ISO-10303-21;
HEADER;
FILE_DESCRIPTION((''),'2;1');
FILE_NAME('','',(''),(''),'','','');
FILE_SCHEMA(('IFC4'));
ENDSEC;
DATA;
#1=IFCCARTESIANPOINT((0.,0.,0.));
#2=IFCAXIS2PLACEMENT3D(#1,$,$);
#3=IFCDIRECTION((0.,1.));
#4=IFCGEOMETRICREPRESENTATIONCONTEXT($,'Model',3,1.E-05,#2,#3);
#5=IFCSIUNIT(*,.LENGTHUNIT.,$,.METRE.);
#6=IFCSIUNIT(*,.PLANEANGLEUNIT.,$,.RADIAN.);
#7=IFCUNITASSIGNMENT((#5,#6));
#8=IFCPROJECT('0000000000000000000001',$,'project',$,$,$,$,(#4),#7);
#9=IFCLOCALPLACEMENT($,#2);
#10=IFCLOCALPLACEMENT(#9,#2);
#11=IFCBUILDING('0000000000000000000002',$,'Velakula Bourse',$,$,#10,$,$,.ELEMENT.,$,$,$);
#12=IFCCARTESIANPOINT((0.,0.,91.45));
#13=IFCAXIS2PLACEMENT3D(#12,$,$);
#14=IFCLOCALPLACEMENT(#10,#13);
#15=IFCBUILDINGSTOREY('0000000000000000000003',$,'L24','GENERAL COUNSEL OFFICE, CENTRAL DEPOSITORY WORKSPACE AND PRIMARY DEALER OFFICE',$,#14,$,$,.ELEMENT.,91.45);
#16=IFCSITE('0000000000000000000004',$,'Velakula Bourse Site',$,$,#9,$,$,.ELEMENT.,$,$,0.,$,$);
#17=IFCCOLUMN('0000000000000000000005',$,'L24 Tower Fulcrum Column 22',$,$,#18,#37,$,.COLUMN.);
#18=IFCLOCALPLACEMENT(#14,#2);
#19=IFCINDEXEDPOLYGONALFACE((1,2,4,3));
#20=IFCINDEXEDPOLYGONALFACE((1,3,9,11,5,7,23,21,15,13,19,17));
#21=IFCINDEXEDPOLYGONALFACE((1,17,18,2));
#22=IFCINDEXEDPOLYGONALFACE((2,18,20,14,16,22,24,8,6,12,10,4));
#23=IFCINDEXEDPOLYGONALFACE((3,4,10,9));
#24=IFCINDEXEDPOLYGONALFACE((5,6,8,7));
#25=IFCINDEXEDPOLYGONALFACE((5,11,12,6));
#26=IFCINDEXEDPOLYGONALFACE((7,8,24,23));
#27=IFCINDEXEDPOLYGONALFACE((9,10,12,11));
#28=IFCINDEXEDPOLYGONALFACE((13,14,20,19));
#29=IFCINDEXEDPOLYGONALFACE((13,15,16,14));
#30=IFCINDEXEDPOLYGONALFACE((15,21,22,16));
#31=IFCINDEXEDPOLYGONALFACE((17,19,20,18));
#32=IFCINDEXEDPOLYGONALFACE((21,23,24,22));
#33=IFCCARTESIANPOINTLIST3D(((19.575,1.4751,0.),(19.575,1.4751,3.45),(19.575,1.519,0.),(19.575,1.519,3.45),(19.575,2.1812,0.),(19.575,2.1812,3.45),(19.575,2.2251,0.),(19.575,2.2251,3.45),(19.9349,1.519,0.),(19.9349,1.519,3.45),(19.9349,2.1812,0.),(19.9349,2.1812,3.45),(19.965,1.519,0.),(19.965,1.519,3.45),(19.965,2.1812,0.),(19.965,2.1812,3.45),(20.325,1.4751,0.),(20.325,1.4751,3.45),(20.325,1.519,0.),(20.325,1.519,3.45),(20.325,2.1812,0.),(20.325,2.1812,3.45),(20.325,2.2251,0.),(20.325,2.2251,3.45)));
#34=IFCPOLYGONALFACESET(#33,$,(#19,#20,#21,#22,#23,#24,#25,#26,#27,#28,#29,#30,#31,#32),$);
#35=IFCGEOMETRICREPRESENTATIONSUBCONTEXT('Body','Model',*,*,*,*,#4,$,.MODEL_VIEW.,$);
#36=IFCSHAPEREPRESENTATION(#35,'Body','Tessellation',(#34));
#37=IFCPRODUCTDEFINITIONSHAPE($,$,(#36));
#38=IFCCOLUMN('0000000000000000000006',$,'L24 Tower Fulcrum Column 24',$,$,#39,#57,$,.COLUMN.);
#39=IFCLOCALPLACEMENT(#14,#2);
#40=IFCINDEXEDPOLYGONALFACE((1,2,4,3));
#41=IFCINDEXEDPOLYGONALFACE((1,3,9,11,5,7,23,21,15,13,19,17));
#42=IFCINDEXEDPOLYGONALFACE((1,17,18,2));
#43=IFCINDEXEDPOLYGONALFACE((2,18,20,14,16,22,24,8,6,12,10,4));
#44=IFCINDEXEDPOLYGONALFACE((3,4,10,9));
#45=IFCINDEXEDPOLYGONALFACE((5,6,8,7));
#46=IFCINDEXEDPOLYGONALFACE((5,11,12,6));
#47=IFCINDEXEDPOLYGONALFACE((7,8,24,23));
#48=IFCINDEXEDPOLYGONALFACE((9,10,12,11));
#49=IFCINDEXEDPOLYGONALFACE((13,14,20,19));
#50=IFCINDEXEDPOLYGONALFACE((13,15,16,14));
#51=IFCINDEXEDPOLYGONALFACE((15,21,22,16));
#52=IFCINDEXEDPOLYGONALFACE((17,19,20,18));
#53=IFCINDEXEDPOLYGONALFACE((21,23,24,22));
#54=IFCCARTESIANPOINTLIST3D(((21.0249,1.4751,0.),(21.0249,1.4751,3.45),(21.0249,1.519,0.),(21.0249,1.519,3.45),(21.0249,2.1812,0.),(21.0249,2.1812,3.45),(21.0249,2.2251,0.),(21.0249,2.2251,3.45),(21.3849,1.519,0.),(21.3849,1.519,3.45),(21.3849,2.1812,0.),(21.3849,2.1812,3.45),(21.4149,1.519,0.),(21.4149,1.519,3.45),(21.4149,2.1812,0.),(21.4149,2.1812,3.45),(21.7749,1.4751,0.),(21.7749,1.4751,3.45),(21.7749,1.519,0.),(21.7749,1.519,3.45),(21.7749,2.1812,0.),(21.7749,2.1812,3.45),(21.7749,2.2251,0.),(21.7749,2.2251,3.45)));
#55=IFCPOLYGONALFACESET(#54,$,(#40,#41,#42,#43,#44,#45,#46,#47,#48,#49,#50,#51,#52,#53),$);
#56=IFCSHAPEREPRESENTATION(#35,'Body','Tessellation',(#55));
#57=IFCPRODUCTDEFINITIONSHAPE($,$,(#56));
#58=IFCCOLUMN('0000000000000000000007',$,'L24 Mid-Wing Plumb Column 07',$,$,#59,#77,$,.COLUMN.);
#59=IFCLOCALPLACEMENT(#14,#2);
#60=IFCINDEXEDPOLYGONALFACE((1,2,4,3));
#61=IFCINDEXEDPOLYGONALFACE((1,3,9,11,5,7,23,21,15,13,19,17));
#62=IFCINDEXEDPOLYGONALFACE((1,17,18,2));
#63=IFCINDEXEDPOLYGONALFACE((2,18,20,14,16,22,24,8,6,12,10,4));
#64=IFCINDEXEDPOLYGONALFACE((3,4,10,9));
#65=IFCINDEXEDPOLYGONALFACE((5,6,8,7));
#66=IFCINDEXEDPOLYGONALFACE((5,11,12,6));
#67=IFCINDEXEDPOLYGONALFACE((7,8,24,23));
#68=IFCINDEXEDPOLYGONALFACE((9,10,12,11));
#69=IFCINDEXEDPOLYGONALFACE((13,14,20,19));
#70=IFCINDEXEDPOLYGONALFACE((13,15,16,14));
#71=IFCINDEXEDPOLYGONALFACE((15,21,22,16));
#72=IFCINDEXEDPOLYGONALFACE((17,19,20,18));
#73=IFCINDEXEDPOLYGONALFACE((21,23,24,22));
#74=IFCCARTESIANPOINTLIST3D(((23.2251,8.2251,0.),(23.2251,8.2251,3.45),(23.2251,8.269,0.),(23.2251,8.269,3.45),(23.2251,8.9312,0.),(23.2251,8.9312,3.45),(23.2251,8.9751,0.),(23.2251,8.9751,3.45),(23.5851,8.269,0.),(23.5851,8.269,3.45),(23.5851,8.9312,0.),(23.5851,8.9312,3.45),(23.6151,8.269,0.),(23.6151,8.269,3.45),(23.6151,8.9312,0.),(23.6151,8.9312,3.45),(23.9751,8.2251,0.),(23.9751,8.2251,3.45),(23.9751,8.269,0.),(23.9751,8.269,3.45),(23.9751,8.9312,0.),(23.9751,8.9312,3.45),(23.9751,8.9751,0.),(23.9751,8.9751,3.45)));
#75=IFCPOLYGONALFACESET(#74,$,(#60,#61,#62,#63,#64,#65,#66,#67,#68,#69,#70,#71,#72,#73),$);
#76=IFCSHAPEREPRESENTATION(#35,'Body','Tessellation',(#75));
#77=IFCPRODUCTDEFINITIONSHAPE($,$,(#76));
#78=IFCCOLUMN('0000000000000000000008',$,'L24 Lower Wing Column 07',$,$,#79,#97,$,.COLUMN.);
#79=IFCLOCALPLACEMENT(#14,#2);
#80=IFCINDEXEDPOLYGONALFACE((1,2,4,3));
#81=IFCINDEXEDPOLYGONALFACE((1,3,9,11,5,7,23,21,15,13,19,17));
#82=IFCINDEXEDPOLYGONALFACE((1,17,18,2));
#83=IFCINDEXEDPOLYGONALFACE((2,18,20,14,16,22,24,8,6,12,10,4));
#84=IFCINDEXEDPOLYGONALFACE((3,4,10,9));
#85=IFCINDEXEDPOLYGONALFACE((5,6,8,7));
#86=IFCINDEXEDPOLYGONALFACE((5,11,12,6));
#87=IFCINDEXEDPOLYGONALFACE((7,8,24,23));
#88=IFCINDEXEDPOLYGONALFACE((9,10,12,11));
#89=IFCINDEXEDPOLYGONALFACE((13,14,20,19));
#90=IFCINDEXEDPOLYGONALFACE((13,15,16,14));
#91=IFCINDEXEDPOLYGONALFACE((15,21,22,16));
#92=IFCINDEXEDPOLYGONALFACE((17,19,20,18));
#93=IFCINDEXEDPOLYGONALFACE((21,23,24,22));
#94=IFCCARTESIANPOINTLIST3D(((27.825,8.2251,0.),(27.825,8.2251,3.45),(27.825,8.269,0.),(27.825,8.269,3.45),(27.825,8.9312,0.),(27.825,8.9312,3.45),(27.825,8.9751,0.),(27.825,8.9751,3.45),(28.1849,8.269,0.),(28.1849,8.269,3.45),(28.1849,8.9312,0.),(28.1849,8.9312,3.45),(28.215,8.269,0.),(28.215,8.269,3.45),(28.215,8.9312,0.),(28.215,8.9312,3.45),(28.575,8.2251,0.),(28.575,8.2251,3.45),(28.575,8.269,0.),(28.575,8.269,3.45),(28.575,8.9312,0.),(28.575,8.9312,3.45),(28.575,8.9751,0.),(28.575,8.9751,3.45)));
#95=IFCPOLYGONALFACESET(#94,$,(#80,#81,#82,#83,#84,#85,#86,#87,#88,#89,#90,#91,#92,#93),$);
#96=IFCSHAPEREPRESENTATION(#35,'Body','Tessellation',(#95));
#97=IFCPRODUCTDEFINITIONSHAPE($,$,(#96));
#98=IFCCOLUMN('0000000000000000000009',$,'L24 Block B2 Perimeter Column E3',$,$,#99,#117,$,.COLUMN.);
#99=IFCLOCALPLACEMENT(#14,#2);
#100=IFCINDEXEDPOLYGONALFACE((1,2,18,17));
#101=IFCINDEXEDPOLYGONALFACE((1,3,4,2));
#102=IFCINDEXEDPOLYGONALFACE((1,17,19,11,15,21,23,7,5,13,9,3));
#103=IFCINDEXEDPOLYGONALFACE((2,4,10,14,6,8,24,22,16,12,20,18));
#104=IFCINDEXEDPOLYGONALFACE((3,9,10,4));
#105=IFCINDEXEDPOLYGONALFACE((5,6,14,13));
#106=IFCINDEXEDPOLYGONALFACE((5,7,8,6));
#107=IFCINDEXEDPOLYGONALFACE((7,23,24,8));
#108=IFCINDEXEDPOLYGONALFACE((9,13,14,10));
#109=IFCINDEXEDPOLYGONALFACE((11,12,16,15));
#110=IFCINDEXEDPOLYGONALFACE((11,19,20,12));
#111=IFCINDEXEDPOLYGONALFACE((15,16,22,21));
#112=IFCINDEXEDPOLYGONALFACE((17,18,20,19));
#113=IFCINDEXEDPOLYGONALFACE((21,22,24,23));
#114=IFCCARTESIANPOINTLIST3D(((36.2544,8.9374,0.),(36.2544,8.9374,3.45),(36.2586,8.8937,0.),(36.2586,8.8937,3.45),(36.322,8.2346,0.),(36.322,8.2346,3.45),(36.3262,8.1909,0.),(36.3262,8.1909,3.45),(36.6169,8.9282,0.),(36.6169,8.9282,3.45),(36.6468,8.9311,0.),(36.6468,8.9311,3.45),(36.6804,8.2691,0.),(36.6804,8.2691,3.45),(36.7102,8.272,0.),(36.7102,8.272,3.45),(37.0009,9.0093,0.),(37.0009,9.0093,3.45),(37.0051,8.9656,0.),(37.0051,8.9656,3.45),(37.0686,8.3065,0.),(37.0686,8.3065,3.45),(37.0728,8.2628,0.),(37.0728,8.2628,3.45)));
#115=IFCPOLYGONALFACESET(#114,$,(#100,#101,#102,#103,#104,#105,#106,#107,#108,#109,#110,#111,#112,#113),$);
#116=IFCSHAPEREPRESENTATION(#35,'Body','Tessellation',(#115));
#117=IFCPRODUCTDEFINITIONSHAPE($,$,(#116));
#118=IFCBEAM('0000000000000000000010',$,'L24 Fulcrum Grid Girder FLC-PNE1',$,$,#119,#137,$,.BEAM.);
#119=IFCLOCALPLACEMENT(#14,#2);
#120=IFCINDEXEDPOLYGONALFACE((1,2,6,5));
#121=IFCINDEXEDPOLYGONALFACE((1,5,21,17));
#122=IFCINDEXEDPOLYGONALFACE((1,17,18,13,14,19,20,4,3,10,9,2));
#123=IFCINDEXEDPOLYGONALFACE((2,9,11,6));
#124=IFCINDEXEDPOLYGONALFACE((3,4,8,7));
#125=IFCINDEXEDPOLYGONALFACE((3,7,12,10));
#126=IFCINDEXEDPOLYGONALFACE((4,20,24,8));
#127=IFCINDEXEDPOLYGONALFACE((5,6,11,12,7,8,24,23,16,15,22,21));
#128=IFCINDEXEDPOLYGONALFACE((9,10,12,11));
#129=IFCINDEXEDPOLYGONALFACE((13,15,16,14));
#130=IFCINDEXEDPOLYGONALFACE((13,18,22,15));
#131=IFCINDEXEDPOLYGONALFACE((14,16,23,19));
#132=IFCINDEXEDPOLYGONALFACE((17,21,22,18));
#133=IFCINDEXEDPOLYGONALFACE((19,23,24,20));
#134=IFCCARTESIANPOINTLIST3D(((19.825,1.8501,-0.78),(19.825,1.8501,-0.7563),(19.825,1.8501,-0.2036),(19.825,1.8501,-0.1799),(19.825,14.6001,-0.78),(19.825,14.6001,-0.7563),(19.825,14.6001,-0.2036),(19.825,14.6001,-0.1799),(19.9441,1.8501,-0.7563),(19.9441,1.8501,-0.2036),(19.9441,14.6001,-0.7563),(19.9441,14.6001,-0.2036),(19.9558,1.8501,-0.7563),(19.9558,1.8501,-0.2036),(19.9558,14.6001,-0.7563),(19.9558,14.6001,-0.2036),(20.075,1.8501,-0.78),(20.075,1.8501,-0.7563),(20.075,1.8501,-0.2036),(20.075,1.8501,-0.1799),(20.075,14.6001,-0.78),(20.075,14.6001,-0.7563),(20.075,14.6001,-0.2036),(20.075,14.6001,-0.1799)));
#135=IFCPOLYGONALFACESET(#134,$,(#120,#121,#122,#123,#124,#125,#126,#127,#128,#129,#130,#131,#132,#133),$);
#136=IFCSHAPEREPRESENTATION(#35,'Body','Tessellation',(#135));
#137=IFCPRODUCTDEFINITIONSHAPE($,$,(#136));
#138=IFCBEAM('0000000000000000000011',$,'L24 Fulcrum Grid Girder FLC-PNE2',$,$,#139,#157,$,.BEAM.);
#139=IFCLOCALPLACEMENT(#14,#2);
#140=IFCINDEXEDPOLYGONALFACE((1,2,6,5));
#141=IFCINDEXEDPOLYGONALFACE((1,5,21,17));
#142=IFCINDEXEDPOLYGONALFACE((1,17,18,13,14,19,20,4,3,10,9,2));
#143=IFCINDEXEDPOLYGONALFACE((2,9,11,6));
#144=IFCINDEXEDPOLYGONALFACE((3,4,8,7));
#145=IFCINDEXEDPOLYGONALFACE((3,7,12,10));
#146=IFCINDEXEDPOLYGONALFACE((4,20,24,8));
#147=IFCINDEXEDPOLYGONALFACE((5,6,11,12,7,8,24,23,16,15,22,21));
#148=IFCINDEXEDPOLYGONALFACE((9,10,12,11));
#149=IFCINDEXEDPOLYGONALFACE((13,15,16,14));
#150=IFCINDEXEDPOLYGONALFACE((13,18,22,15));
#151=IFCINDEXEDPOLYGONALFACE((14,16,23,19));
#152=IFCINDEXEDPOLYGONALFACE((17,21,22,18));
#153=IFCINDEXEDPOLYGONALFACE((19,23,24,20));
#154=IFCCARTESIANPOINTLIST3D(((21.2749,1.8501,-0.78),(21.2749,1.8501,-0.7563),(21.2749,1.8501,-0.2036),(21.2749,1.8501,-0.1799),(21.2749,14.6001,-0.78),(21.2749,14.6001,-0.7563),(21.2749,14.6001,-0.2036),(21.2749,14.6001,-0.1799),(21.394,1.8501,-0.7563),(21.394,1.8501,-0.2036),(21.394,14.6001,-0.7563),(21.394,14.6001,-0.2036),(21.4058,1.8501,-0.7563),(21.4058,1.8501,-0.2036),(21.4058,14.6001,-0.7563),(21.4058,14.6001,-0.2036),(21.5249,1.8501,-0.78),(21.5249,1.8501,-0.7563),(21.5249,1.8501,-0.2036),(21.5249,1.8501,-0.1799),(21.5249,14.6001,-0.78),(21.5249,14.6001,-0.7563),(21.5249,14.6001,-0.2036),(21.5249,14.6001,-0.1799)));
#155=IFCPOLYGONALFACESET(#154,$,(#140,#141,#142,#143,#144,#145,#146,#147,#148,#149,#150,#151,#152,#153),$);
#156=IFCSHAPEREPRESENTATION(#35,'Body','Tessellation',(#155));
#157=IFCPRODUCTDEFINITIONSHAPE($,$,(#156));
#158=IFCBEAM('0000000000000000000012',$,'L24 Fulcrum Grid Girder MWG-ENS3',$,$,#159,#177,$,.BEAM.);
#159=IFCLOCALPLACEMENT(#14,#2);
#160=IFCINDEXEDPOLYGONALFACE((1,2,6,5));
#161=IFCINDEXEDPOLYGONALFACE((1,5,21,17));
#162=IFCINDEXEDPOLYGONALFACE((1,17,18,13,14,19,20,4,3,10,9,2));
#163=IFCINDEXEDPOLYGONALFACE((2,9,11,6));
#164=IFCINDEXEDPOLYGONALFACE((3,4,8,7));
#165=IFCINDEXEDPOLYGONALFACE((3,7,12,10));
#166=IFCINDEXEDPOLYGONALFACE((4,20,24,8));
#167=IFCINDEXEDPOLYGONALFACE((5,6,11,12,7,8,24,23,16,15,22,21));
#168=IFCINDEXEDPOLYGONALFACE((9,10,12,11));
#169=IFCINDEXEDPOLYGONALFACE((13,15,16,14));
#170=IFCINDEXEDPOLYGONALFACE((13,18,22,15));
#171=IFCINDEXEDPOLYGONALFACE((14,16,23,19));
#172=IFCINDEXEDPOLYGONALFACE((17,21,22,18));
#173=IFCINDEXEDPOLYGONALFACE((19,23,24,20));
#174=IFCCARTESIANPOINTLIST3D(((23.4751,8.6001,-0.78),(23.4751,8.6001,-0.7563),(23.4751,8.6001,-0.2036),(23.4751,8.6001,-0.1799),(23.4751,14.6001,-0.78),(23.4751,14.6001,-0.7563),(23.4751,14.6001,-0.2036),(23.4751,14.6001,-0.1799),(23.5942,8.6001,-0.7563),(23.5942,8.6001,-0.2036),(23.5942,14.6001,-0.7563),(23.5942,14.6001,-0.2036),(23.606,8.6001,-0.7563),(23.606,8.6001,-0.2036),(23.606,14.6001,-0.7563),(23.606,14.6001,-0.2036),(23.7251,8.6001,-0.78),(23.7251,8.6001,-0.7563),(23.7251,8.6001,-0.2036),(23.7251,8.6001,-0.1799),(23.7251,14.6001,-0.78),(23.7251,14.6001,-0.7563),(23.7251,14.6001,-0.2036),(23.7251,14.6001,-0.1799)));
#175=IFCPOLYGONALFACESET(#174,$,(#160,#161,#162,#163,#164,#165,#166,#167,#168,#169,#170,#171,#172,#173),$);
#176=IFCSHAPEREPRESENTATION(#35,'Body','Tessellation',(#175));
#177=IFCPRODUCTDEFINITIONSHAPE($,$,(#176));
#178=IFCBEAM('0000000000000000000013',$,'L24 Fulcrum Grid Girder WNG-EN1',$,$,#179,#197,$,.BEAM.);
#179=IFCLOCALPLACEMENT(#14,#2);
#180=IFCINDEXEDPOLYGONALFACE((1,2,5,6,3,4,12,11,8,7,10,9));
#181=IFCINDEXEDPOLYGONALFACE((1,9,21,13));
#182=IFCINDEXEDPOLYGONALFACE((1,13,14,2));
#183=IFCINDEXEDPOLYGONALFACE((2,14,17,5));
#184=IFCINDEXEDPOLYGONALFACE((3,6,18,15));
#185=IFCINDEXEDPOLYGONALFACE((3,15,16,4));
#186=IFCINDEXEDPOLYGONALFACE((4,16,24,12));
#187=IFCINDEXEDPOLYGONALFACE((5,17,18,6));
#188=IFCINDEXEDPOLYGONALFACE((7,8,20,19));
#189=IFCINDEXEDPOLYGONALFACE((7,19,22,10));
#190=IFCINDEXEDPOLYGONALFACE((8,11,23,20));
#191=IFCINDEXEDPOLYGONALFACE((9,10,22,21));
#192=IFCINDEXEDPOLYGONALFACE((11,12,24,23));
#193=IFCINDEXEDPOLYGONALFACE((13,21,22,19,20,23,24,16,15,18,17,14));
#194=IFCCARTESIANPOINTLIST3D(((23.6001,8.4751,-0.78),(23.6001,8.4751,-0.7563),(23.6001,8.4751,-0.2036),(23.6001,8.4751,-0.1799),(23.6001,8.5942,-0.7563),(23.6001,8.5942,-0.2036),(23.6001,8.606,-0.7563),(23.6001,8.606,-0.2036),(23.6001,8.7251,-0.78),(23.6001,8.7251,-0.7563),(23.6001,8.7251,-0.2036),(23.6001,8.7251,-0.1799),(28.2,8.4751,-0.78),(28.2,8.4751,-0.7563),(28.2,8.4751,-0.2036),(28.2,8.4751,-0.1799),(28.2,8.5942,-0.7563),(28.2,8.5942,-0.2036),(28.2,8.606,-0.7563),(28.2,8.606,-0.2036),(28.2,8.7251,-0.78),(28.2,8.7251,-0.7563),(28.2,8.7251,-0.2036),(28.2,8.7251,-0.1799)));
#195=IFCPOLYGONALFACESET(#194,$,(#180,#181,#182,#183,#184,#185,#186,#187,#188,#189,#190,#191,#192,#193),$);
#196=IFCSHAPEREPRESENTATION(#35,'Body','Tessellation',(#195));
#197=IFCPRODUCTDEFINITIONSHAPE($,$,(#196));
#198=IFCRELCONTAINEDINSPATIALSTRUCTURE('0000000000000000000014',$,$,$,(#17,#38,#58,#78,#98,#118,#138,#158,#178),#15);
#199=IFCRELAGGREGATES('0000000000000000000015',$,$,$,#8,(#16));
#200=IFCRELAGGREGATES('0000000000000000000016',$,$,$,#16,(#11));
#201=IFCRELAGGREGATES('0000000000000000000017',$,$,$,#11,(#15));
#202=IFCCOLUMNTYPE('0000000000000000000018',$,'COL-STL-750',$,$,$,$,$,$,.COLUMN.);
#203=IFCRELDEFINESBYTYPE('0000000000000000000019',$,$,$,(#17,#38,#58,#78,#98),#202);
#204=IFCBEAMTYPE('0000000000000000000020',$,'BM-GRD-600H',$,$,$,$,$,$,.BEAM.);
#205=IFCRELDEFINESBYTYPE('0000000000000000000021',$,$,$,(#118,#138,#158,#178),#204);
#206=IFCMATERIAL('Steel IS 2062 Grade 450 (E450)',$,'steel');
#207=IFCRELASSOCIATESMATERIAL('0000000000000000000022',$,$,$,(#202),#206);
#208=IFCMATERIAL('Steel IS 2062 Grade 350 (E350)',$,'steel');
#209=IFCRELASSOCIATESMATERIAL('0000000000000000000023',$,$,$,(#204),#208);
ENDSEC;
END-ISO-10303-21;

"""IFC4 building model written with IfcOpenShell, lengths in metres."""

from ifc_helpers import new_model, si_unit, direction, frame, origin, origin_2d, place, context, subcontext, project, spatial, i_section, extrude, material, material_profile, profile_set, type_object, element, save


model = new_model("IFC4")

# Units and contexts
model_context = context("Model", 3, precision=1e-05, world=origin(), true_north=direction((0.0, 1.0)))
body_context = subcontext(model_context, "Body", "Model", "MODEL_VIEW")
ifc_project = project(units=[si_unit("LENGTHUNIT", "METRE"), si_unit("PLANEANGLEUNIT", "RADIAN")], contexts=[model_context])

# Site, building, storey
site_placement = place(None, origin())
site = spatial("IfcSite", under=ifc_project, at=site_placement, Name="Velakula Bourse Site", CompositionType="ELEMENT", RefElevation=0.0)
building_placement = place(site_placement, origin())
building = spatial("IfcBuilding", under=site, at=building_placement, Name="Velakula Bourse", CompositionType="ELEMENT")
storey_placement = place(building_placement, frame((0.0, 0.0, 91.45)))
storey = spatial("IfcBuildingStorey", under=building, at=storey_placement, Name="L24", Description="GENERAL COUNSEL OFFICE, CENTRAL DEPOSITORY WORKSPACE AND PRIMARY DEALER OFFICE", CompositionType="ELEMENT", Elevation=91.45)

# Columns
ifc_material_1 = material(Name="Steel IS 2062 Grade 450 (E450)", Category="steel")
ifc_material_profile_1 = material_profile(ifc_material_1, i_section(OverallWidth=0.75, OverallDepth=0.75, WebThickness=0.03, FlangeThickness=0.0439, at=origin_2d()), Name="Steel IS 2062 Grade 450 (E450)")
ifc_profile_set_1 = profile_set([ifc_material_profile_1], Name="Steel IS 2062 Grade 450 (E450)")
column_type = type_object("IfcColumnType", Name="COL-STL-750", PredefinedType="COLUMN", material=ifc_profile_set_1)
for number, where, z_axis, x_axis, name in (
    (1, (19.95, 1.8501, 0.0), (0.0, 0.0, 1.0), (1.0, 0.0, 0.0), "L24 Tower Fulcrum Column 22"),
    (2, (21.3999, 1.8501, 0.0), (0.0, 0.0, 1.0), (1.0, 0.0, 0.0), "L24 Tower Fulcrum Column 24"),
    (3, (23.6001, 8.6001, 0.0), (0.0, 0.0, 1.0), (1.0, 0.0, 0.0), "L24 Mid-Wing Plumb Column 07"),
    (4, (28.2, 8.6001, 0.0), (0.0, 0.0, 1.0), (1.0, 0.0, 0.0), "L24 Lower Wing Column 07"),
    (5, (36.6636, 8.6001, 0.0), (0.0, 0.0, 1.0), (0.995396, 0.095846, 0.0), "L24 Block B2 Perimeter Column E3"),
):
    element("IfcColumn", number, at=place(storey_placement, frame(where, z_axis=z_axis, x_axis=x_axis)), inside=storey, type_object=column_type, Name=name, PredefinedType="COLUMN", context=body_context, shape_type="SweptSolid", body=[
        extrude(i_section(OverallWidth=0.75, OverallDepth=0.75, WebThickness=0.03, FlangeThickness=0.0439, at=origin_2d()), origin(), (0.0, 0.0, 1.0), 3.45),
    ])

# Beams
ifc_material_2 = material(Name="Steel IS 2062 Grade 350 (E350)", Category="steel")
ifc_material_profile_2 = material_profile(ifc_material_2, i_section(OverallWidth=0.25, OverallDepth=0.6001, WebThickness=0.0117, FlangeThickness=0.0237, at=origin_2d()), Name="Steel IS 2062 Grade 350 (E350)")
ifc_profile_set_2 = profile_set([ifc_material_profile_2], Name="Steel IS 2062 Grade 350 (E350)")
beam_type_1 = type_object("IfcBeamType", Name="BM-GRD-600H", PredefinedType="BEAM", material=ifc_profile_set_2)
for number, where, z_axis, x_axis, name in (
    (6, (19.95, 1.8501, -0.48), (0.0, 1.0, 0.0), (-1.0, 0.0, 0.0), "L24 Fulcrum Grid Girder FLC-PNE1"),
    (7, (21.3999, 1.8501, -0.48), (0.0, 1.0, 0.0), (-1.0, 0.0, 0.0), "L24 Fulcrum Grid Girder FLC-PNE2"),
):
    element("IfcBeam", number, at=place(storey_placement, frame(where, z_axis=z_axis, x_axis=x_axis)), inside=storey, type_object=beam_type_1, Name=name, PredefinedType="BEAM", context=body_context, shape_type="SweptSolid", body=[
        extrude(i_section(OverallWidth=0.25, OverallDepth=0.6001, WebThickness=0.0117, FlangeThickness=0.0237, at=origin_2d()), origin(), (0.0, 0.0, 1.0), 12.75),
    ])
beam_1_placement = place(storey_placement, frame((23.6001, 8.6001, -0.48), z_axis=(0.0, 1.0, 0.0), x_axis=(-1.0, 0.0, 0.0)))
element("IfcBeam", 8, at=beam_1_placement, inside=storey, type_object=beam_type_1, Name="L24 Fulcrum Grid Girder MWG-ENS3", PredefinedType="BEAM", context=body_context, shape_type="SweptSolid", body=[
    extrude(i_section(OverallWidth=0.25, OverallDepth=0.6001, WebThickness=0.0117, FlangeThickness=0.0237, at=origin_2d()), origin(), (0.0, 0.0, 1.0), 6.0),
])
beam_2_placement = place(storey_placement, frame((23.6001, 8.6001, -0.48), z_axis=(1.0, 0.0, 0.0), x_axis=(0.0, 1.0, 0.0)))
element("IfcBeam", 9, at=beam_2_placement, inside=storey, type_object=beam_type_1, Name="L24 Fulcrum Grid Girder WNG-EN1", PredefinedType="BEAM", context=body_context, shape_type="SweptSolid", body=[
    extrude(i_section(OverallWidth=0.25, OverallDepth=0.6001, WebThickness=0.0117, FlangeThickness=0.0237, at=origin_2d()), origin(), (0.0, 0.0, 1.0), 4.5999),
])

save(model, "model.ifc")
